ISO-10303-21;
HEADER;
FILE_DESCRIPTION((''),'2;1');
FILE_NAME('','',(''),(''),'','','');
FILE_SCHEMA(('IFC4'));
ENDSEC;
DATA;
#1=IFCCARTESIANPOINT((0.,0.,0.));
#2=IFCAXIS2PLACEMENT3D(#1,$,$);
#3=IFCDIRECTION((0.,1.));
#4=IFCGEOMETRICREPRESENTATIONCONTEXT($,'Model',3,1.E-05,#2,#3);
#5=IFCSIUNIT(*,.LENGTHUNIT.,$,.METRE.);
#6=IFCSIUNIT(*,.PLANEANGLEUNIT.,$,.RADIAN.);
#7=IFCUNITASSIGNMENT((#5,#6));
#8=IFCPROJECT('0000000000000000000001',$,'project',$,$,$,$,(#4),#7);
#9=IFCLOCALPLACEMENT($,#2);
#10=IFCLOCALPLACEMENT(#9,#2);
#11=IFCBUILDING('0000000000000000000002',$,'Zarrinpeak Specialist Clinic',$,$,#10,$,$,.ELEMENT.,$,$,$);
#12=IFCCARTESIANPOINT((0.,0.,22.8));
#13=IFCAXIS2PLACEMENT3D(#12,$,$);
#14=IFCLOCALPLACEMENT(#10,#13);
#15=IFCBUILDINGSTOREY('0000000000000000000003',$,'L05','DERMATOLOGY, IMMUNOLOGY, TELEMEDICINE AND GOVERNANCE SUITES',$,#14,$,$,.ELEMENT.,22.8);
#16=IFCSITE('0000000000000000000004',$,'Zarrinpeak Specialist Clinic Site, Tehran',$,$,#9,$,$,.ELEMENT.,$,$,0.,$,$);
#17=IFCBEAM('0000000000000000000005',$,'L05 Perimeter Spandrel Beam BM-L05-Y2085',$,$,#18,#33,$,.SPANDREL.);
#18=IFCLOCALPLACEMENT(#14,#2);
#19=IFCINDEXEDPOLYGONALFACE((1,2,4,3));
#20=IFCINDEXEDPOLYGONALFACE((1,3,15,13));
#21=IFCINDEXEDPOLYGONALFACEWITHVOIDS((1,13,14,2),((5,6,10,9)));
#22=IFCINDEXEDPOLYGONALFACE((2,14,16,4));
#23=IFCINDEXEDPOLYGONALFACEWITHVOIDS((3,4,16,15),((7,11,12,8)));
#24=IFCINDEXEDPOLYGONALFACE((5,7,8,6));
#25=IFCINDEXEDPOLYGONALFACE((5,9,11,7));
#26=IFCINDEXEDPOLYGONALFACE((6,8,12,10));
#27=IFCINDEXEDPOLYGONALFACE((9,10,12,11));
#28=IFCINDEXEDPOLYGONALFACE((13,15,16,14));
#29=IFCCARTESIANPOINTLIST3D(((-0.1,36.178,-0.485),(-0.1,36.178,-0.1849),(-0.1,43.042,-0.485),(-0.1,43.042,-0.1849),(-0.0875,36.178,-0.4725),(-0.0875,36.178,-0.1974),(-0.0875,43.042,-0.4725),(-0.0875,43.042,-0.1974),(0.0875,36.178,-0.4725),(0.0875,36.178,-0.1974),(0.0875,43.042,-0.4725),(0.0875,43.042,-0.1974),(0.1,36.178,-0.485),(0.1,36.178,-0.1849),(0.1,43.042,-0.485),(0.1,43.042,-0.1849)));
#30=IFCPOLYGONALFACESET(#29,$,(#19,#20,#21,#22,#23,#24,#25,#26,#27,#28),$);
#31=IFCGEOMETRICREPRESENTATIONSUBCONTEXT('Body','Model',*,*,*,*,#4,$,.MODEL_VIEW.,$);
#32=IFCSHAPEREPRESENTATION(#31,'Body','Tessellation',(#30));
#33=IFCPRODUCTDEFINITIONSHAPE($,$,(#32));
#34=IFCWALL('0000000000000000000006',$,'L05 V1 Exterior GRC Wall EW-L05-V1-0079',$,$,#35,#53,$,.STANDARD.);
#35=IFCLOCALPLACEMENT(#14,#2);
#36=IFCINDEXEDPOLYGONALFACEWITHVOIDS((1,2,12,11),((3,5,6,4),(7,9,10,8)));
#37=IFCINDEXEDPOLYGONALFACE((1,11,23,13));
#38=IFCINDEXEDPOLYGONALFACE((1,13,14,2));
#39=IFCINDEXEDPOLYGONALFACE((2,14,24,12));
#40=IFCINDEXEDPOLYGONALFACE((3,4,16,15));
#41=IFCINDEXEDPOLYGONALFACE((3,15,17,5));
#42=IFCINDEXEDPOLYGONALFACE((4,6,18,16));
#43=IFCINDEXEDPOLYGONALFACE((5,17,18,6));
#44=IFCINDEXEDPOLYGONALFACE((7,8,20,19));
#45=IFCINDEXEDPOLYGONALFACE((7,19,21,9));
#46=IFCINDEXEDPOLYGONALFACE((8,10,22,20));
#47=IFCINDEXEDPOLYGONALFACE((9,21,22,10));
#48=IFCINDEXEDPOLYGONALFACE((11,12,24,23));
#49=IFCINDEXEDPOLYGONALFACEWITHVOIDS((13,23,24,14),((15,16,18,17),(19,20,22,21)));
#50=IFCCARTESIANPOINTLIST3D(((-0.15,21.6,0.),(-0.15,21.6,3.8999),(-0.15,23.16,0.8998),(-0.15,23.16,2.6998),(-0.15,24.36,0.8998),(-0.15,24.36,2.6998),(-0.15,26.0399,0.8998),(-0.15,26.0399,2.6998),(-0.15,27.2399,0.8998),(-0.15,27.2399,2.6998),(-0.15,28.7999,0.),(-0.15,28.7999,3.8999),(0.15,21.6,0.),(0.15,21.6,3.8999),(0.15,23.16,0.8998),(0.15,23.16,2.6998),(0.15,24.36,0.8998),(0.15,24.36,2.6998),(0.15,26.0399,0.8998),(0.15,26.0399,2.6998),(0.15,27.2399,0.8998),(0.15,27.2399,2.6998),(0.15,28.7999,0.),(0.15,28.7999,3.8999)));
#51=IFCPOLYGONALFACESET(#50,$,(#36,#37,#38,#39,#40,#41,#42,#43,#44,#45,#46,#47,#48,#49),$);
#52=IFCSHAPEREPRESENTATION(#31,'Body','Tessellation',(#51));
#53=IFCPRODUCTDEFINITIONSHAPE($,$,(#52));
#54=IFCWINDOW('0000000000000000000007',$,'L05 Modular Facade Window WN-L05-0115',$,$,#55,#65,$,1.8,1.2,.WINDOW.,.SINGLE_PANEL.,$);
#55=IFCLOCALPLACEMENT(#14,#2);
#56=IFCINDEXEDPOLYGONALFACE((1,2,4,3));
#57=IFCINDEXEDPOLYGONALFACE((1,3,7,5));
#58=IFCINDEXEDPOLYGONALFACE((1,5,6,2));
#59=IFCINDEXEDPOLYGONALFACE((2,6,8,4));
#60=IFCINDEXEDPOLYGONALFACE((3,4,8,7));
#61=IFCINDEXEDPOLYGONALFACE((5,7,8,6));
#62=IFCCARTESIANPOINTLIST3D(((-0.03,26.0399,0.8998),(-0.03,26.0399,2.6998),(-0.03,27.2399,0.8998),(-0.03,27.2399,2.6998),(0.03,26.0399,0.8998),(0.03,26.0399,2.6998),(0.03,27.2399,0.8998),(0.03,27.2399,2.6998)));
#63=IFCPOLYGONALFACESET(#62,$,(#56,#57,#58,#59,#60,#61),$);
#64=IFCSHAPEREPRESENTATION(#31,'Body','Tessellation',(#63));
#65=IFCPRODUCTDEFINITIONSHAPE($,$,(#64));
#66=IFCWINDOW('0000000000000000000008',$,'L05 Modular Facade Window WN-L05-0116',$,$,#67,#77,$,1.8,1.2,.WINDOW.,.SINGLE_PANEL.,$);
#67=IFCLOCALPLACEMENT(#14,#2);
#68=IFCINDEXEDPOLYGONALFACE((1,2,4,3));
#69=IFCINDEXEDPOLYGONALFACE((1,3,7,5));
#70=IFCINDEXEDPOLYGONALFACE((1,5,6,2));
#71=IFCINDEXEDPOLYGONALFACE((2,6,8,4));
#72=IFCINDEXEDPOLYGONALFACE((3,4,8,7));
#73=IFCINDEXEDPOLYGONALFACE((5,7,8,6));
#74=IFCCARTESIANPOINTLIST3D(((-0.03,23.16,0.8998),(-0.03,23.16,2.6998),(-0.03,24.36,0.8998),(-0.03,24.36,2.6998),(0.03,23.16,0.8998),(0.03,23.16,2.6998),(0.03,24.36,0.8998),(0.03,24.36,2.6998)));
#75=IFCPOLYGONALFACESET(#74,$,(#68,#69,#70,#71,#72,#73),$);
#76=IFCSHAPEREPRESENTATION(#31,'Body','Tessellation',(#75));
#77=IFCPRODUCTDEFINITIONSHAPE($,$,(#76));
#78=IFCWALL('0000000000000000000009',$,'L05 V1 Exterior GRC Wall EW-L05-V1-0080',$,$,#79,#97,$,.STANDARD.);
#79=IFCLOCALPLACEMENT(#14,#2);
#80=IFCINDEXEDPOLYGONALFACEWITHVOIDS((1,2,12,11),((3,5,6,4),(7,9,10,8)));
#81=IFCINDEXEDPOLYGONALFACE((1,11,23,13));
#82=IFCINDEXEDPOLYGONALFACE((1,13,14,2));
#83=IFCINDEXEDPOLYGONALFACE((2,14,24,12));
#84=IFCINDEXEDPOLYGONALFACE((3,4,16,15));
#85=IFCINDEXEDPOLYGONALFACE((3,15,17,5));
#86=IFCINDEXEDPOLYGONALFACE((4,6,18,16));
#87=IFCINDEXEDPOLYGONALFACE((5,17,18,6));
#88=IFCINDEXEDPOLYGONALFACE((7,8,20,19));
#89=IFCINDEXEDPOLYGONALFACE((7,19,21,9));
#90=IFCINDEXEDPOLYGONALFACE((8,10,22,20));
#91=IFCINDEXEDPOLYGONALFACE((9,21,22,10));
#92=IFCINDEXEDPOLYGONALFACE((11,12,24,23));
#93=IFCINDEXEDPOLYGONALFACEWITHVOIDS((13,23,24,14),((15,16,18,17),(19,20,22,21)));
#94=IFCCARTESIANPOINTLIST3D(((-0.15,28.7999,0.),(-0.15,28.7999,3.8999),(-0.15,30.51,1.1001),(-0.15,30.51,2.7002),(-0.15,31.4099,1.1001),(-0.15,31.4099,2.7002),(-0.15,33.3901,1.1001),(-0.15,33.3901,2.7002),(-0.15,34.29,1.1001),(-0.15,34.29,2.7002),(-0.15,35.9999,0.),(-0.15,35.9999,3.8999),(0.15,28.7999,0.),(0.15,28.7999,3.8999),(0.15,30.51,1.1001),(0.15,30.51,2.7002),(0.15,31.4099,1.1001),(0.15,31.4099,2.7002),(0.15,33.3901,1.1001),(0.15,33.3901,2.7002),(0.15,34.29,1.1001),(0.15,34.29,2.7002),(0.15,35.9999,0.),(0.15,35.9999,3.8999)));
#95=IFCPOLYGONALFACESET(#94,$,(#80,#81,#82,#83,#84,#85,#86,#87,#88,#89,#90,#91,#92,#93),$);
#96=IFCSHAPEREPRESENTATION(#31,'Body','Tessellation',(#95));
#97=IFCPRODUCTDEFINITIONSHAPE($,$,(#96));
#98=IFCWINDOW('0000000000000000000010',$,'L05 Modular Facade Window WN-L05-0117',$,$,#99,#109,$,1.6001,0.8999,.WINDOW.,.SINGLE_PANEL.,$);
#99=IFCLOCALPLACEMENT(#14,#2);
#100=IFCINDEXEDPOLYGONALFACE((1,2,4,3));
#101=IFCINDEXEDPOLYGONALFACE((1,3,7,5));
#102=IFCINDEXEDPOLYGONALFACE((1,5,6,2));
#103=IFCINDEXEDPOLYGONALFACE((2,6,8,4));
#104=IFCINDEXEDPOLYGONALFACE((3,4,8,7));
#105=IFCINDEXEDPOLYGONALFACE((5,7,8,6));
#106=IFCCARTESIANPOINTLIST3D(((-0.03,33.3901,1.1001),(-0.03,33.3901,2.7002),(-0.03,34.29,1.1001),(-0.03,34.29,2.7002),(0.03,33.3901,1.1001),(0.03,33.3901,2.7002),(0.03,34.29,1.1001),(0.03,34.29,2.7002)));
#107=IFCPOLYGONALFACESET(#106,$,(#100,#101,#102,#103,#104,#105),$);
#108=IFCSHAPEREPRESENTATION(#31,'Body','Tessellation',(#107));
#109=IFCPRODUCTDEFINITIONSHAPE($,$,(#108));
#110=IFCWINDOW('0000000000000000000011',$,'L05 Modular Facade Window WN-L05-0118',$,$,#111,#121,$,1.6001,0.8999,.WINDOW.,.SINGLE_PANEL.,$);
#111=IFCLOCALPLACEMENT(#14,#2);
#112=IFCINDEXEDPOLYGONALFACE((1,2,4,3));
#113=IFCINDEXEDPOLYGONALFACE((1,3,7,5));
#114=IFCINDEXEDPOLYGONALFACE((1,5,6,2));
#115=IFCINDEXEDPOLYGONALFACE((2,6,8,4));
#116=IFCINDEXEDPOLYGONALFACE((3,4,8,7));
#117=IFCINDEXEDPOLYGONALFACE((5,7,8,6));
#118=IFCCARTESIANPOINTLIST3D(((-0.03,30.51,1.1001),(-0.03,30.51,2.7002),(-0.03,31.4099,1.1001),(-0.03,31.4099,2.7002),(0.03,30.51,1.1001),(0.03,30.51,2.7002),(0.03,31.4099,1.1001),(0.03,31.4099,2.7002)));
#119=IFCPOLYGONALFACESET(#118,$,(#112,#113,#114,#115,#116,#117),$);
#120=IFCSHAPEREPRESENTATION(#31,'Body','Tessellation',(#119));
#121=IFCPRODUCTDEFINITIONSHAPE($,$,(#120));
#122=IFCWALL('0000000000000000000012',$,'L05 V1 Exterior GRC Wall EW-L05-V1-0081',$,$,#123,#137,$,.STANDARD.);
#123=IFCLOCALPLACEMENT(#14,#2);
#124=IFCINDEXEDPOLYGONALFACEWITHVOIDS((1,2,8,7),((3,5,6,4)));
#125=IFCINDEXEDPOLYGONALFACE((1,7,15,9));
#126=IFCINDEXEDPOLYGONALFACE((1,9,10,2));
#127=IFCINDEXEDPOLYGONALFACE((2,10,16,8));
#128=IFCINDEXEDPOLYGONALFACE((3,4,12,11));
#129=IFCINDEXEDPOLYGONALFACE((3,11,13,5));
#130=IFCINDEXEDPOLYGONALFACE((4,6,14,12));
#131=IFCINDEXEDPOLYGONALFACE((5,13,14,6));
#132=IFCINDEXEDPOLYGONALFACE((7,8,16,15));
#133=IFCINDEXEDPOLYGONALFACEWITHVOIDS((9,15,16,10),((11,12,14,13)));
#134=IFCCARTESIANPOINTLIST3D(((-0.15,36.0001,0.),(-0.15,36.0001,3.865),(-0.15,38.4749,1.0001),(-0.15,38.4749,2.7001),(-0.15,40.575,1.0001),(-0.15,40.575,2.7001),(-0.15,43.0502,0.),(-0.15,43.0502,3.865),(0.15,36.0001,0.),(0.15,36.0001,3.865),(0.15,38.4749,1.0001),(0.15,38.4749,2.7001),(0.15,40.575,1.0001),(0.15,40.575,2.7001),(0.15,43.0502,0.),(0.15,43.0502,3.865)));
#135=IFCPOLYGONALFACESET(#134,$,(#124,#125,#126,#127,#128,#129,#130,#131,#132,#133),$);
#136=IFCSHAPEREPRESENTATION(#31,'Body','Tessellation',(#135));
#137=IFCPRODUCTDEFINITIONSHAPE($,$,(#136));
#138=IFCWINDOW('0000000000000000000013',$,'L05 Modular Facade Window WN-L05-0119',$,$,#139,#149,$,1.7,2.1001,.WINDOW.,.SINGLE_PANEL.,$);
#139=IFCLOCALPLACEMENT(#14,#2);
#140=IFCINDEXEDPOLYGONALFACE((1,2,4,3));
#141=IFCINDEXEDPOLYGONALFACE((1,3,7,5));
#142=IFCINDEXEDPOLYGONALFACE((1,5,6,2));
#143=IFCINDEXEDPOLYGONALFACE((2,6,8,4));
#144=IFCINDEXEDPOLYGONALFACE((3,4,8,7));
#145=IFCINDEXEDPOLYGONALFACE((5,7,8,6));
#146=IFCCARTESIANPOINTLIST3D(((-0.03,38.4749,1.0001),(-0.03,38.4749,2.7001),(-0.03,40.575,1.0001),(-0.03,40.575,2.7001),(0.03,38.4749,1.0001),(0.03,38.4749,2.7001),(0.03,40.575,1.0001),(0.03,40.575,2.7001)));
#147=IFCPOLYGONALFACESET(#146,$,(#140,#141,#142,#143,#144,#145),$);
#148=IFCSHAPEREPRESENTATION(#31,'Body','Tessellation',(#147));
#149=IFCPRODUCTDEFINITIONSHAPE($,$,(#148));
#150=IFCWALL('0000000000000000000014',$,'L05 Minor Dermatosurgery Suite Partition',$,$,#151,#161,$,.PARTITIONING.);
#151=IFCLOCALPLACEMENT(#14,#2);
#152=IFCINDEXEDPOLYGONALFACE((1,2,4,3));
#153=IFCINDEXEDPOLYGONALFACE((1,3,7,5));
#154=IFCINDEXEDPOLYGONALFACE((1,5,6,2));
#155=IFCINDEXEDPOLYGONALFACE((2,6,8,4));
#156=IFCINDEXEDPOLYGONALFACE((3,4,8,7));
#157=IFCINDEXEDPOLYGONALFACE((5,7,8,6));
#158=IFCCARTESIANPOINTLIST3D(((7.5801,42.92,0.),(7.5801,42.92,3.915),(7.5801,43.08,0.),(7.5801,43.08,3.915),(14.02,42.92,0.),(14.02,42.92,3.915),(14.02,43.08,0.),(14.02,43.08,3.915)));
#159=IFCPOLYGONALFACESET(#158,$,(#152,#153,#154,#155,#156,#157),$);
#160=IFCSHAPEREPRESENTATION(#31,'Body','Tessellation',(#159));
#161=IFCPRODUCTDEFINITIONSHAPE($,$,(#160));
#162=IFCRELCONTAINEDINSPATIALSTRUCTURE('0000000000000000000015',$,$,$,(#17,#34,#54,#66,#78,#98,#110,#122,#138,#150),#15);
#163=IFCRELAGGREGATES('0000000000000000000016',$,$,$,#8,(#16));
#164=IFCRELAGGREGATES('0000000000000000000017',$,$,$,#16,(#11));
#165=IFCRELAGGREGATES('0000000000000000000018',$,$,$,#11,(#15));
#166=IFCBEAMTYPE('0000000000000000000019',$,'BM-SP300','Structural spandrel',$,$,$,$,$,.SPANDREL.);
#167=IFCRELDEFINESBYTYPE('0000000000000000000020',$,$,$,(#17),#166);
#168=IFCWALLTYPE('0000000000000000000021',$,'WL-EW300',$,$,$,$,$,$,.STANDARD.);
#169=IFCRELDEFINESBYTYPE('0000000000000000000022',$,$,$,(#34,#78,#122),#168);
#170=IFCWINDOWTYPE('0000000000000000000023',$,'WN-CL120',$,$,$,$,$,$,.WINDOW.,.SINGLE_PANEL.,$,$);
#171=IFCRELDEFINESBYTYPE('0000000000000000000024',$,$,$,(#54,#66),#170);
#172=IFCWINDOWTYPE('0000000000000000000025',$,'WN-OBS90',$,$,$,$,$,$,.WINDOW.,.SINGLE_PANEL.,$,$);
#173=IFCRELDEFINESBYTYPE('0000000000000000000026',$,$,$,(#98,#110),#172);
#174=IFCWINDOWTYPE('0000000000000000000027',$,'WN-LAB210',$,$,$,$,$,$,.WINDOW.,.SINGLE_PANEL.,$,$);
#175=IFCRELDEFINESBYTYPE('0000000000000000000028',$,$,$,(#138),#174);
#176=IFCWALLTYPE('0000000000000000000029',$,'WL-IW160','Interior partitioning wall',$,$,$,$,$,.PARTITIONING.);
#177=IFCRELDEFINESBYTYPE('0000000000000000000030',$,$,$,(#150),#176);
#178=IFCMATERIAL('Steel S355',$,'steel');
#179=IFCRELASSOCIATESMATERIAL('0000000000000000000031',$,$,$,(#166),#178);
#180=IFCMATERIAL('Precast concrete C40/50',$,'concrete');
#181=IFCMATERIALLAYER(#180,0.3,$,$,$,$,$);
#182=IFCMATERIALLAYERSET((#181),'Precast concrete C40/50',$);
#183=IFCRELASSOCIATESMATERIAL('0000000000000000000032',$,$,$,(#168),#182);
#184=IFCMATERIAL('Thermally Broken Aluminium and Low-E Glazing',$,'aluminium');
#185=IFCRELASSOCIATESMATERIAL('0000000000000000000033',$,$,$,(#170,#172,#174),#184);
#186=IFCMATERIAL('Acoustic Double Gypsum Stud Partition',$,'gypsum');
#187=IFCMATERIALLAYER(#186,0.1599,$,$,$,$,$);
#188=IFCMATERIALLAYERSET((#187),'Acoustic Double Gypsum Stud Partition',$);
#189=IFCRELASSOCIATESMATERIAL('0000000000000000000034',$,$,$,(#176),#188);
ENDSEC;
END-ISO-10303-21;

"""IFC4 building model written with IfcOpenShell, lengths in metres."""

from ifc_helpers import new_model, si_unit, direction, frame, frame_2d, origin, origin_2d, place, context, subcontext, project, spatial, rectangle, hollow_rectangle, extrude, material, layer, layer_set, material_profile, profile_set, type_object, element, fill, save


model = new_model("IFC4")

# Units and contexts
model_context = context("Model", 3, precision=1e-05, world=origin(), true_north=direction((0.0, 1.0)))
body_context = subcontext(model_context, "Body", "Model", "MODEL_VIEW")
ifc_project = project(units=[si_unit("LENGTHUNIT", "METRE"), si_unit("PLANEANGLEUNIT", "RADIAN")], contexts=[model_context])

# Site, building, storey
site_placement = place(None, origin())
site = spatial("IfcSite", under=ifc_project, at=site_placement, Name="Zarrinpeak Specialist Clinic Site, Tehran", CompositionType="ELEMENT", RefElevation=0.0)
building_placement = place(site_placement, origin())
building = spatial("IfcBuilding", under=site, at=building_placement, Name="Zarrinpeak Specialist Clinic", CompositionType="ELEMENT")
storey_placement = place(building_placement, frame((0.0, 0.0, 22.8)))
storey = spatial("IfcBuildingStorey", under=building, at=storey_placement, Name="L05", Description="DERMATOLOGY, IMMUNOLOGY, TELEMEDICINE AND GOVERNANCE SUITES", CompositionType="ELEMENT", Elevation=22.8)

# Shared definitions
ifc_material_1 = material(Name="Steel S355", Category="steel")

# Beam
ifc_material_profile_1 = material_profile(ifc_material_1, hollow_rectangle(XDim=0.2, YDim=0.3, WallThickness=0.0125, at=origin_2d()), Name="RHS 300x200x12.5")
ifc_profile_set_1 = profile_set([ifc_material_profile_1], Name="Steel S355")
beam_type_1 = type_object("IfcBeamType", Name="BM-SP300", Description="Structural spandrel", PredefinedType="SPANDREL", material=ifc_profile_set_1)
beam_1_placement = place(storey_placement, frame((0.0, 36.178, -0.335), z_axis=(0.0, 1.0, 0.0), x_axis=(-1.0, 0.0, 0.0)))
element("IfcBeam", 1, at=beam_1_placement, inside=storey, type_object=beam_type_1, Name="L05 Perimeter Spandrel Beam BM-L05-Y2085", PredefinedType="SPANDREL", context=body_context, shape_type="SweptSolid", body=[
    extrude(hollow_rectangle(XDim=0.2, YDim=0.3, WallThickness=0.0125, at=origin_2d()), origin(), (0.0, 0.0, 1.0), 6.864),
])

# Walls, openings, windows
ifc_material_2 = material(Name="Precast concrete C40/50", Category="concrete")
ifc_layer_1 = layer(ifc_material_2, 0.3)
ifc_layer_set_1 = layer_set([ifc_layer_1], Name="Precast concrete C40/50")
wall_type_1 = type_object("IfcWallType", Name="WL-EW300", PredefinedType="STANDARD", material=ifc_layer_set_1)
wall_1_placement = place(storey_placement, frame((0.0, 28.8, 0.0), z_axis=(0.0, 0.0, 1.0), x_axis=(0.0, -1.0, 0.0)))
wall_1 = element("IfcWall", 2, at=wall_1_placement, inside=storey, type_object=wall_type_1, Name="L05 V1 Exterior GRC Wall EW-L05-V1-0079", PredefinedType="STANDARD", context=body_context, shape_type="SweptSolid", body=[
    extrude(rectangle(XDim=7.2, YDim=0.3, at=frame_2d((3.6001, 0.0))), origin(), (0.0, 0.0, 1.0), 3.8999),
])
opening_1_placement = place(wall_1_placement, frame((1.5601, 0.0, 0.8999)))
opening_1 = element("IfcOpeningElement", 3, at=opening_1_placement, cuts=wall_1, PredefinedType="OPENING", context=body_context, shape_type="SweptSolid", body=[
    extrude(rectangle(XDim=1.2, YDim=1.8, at=frame_2d((0.6001, 0.8999))), frame((0.0, 0.1602, 0.0), z_axis=(0.0, -1.0, 0.0), x_axis=(1.0, 0.0, 0.0)), (0.0, 0.0, 1.0), 0.3201),
])
opening_2_placement = place(wall_1_placement, frame((4.4399, 0.0, 0.8999)))
opening_2 = element("IfcOpeningElement", 4, at=opening_2_placement, cuts=wall_1, PredefinedType="OPENING", context=body_context, shape_type="SweptSolid", body=[
    extrude(rectangle(XDim=1.2, YDim=1.8, at=frame_2d((0.6001, 0.8999))), frame((0.0, 0.1602, 0.0), z_axis=(0.0, -1.0, 0.0), x_axis=(1.0, 0.0, 0.0)), (0.0, 0.0, 1.0), 0.3201),
])
ifc_material_3 = material(Name="Thermally Broken Aluminium and Low-E Glazing", Category="aluminium")
window_type_1 = type_object("IfcWindowType", Name="WN-CL120", PartitioningType="SINGLE_PANEL", PredefinedType="WINDOW", material=ifc_material_3)
window_1_placement = place(opening_1_placement, origin())
window_1 = element("IfcWindow", 5, at=window_1_placement, inside=storey, type_object=window_type_1, Name="L05 Modular Facade Window WN-L05-0115", OverallHeight=1.8, OverallWidth=1.2, PartitioningType="SINGLE_PANEL", PredefinedType="WINDOW", context=body_context, shape_type="SweptSolid", body=[
    extrude(rectangle(XDim=1.2, YDim=1.8, at=frame_2d((0.6001, 0.8999))), frame((0.0, 0.03, 0.0), z_axis=(0.0, -1.0, 0.0), x_axis=(1.0, 0.0, 0.0)), (0.0, 0.0, 1.0), 0.0601),
])
fill(opening_1, window_1)
window_2_placement = place(opening_2_placement, origin())
window_2 = element("IfcWindow", 6, at=window_2_placement, inside=storey, type_object=window_type_1, Name="L05 Modular Facade Window WN-L05-0116", OverallHeight=1.8, OverallWidth=1.2, PartitioningType="SINGLE_PANEL", PredefinedType="WINDOW", context=body_context, shape_type="SweptSolid", body=[
    extrude(rectangle(XDim=1.2, YDim=1.8, at=frame_2d((0.6001, 0.8999))), frame((0.0, 0.03, 0.0), z_axis=(0.0, -1.0, 0.0), x_axis=(1.0, 0.0, 0.0)), (0.0, 0.0, 1.0), 0.0601),
])
fill(opening_2, window_2)
wall_2_placement = place(storey_placement, frame((0.0, 36.0, 0.0), z_axis=(0.0, 0.0, 1.0), x_axis=(0.0, -1.0, 0.0)))
wall_2 = element("IfcWall", 7, at=wall_2_placement, inside=storey, type_object=wall_type_1, Name="L05 V1 Exterior GRC Wall EW-L05-V1-0080", PredefinedType="STANDARD", context=body_context, shape_type="SweptSolid", body=[
    extrude(rectangle(XDim=7.2, YDim=0.3, at=frame_2d((3.6001, 0.0))), origin(), (0.0, 0.0, 1.0), 3.8999),
])
opening_3_placement = place(wall_2_placement, frame((1.71, 0.0, 1.1001)))
opening_3 = element("IfcOpeningElement", 8, at=opening_3_placement, cuts=wall_2, PredefinedType="OPENING", context=body_context, shape_type="SweptSolid", body=[
    extrude(rectangle(XDim=0.8999, YDim=1.6001, at=frame_2d((0.45, 0.8))), frame((0.0, 0.1602, 0.0), z_axis=(0.0, -1.0, 0.0), x_axis=(1.0, 0.0, 0.0)), (0.0, 0.0, 1.0), 0.3201),
])
opening_4_placement = place(wall_2_placement, frame((4.5901, 0.0, 1.1001)))
opening_4 = element("IfcOpeningElement", 9, at=opening_4_placement, cuts=wall_2, PredefinedType="OPENING", context=body_context, shape_type="SweptSolid", body=[
    extrude(rectangle(XDim=0.8999, YDim=1.6001, at=frame_2d((0.45, 0.8))), frame((0.0, 0.1602, 0.0), z_axis=(0.0, -1.0, 0.0), x_axis=(1.0, 0.0, 0.0)), (0.0, 0.0, 1.0), 0.3201),
])
window_type_2 = type_object("IfcWindowType", Name="WN-OBS90", PartitioningType="SINGLE_PANEL", PredefinedType="WINDOW", material=ifc_material_3)
window_3_placement = place(opening_3_placement, origin())
window_3 = element("IfcWindow", 10, at=window_3_placement, inside=storey, type_object=window_type_2, Name="L05 Modular Facade Window WN-L05-0117", OverallHeight=1.6001, OverallWidth=0.8999, PartitioningType="SINGLE_PANEL", PredefinedType="WINDOW", context=body_context, shape_type="SweptSolid", body=[
    extrude(rectangle(XDim=0.8999, YDim=1.6001, at=frame_2d((0.45, 0.8))), frame((0.0, 0.03, 0.0), z_axis=(0.0, -1.0, 0.0), x_axis=(1.0, 0.0, 0.0)), (0.0, 0.0, 1.0), 0.0601),
])
fill(opening_3, window_3)
window_4_placement = place(opening_4_placement, origin())
window_4 = element("IfcWindow", 11, at=window_4_placement, inside=storey, type_object=window_type_2, Name="L05 Modular Facade Window WN-L05-0118", OverallHeight=1.6001, OverallWidth=0.8999, PartitioningType="SINGLE_PANEL", PredefinedType="WINDOW", context=body_context, shape_type="SweptSolid", body=[
    extrude(rectangle(XDim=0.8999, YDim=1.6001, at=frame_2d((0.45, 0.8))), frame((0.0, 0.03, 0.0), z_axis=(0.0, -1.0, 0.0), x_axis=(1.0, 0.0, 0.0)), (0.0, 0.0, 1.0), 0.0601),
])
fill(opening_4, window_4)

# Wall, opening, window
wall_3_placement = place(storey_placement, frame((0.0, 43.05, 0.0), z_axis=(0.0, 0.0, 1.0), x_axis=(0.0, -1.0, 0.0)))
wall_3 = element("IfcWall", 12, at=wall_3_placement, inside=storey, type_object=wall_type_1, Name="L05 V1 Exterior GRC Wall EW-L05-V1-0081", PredefinedType="STANDARD", context=body_context, shape_type="SweptSolid", body=[
    extrude(rectangle(XDim=7.05, YDim=0.3, at=frame_2d((3.5249, 0.0))), origin(), (0.0, 0.0, 1.0), 3.865),
])
opening_5_placement = place(wall_3_placement, frame((2.4751, 0.0, 1.0)))
opening_5 = element("IfcOpeningElement", 13, at=opening_5_placement, cuts=wall_3, PredefinedType="OPENING", context=body_context, shape_type="SweptSolid", body=[
    extrude(rectangle(XDim=2.1001, YDim=1.7, at=frame_2d((1.05, 0.8501))), frame((0.0, 0.1602, 0.0), z_axis=(0.0, -1.0, 0.0), x_axis=(1.0, 0.0, 0.0)), (0.0, 0.0, 1.0), 0.3201),
])
window_type_3 = type_object("IfcWindowType", Name="WN-LAB210", PartitioningType="SINGLE_PANEL", PredefinedType="WINDOW", material=ifc_material_3)
window_5_placement = place(opening_5_placement, origin())
window_5 = element("IfcWindow", 14, at=window_5_placement, inside=storey, type_object=window_type_3, Name="L05 Modular Facade Window WN-L05-0119", OverallHeight=1.7, OverallWidth=2.1001, PartitioningType="SINGLE_PANEL", PredefinedType="WINDOW", context=body_context, shape_type="SweptSolid", body=[
    extrude(rectangle(XDim=2.1001, YDim=1.7, at=frame_2d((1.05, 0.8501))), frame((0.0, 0.03, 0.0), z_axis=(0.0, -1.0, 0.0), x_axis=(1.0, 0.0, 0.0)), (0.0, 0.0, 1.0), 0.0601),
])
fill(opening_5, window_5)

# Wall
ifc_material_4 = material(Name="Acoustic Double Gypsum Stud Partition", Category="gypsum")
ifc_layer_2 = layer(ifc_material_4, 0.1599)
ifc_layer_set_2 = layer_set([ifc_layer_2], Name="Acoustic Double Gypsum Stud Partition")
wall_type_2 = type_object("IfcWallType", Name="WL-IW160", Description="Interior partitioning wall", PredefinedType="PARTITIONING", material=ifc_layer_set_2)
wall_4_placement = place(storey_placement, frame((7.5801, 43.0, 0.0), z_axis=(0.0, 0.0, 1.0), x_axis=(1.0, 0.0, 0.0)))
element("IfcWall", 15, at=wall_4_placement, inside=storey, type_object=wall_type_2, Name="L05 Minor Dermatosurgery Suite Partition", PredefinedType="PARTITIONING", context=body_context, shape_type="SweptSolid", body=[
    extrude(rectangle(XDim=6.4399, YDim=0.1599, at=frame_2d((3.22, 0.0))), origin(), (0.0, 0.0, 1.0), 3.915),
])

save(model, "model.ifc")
